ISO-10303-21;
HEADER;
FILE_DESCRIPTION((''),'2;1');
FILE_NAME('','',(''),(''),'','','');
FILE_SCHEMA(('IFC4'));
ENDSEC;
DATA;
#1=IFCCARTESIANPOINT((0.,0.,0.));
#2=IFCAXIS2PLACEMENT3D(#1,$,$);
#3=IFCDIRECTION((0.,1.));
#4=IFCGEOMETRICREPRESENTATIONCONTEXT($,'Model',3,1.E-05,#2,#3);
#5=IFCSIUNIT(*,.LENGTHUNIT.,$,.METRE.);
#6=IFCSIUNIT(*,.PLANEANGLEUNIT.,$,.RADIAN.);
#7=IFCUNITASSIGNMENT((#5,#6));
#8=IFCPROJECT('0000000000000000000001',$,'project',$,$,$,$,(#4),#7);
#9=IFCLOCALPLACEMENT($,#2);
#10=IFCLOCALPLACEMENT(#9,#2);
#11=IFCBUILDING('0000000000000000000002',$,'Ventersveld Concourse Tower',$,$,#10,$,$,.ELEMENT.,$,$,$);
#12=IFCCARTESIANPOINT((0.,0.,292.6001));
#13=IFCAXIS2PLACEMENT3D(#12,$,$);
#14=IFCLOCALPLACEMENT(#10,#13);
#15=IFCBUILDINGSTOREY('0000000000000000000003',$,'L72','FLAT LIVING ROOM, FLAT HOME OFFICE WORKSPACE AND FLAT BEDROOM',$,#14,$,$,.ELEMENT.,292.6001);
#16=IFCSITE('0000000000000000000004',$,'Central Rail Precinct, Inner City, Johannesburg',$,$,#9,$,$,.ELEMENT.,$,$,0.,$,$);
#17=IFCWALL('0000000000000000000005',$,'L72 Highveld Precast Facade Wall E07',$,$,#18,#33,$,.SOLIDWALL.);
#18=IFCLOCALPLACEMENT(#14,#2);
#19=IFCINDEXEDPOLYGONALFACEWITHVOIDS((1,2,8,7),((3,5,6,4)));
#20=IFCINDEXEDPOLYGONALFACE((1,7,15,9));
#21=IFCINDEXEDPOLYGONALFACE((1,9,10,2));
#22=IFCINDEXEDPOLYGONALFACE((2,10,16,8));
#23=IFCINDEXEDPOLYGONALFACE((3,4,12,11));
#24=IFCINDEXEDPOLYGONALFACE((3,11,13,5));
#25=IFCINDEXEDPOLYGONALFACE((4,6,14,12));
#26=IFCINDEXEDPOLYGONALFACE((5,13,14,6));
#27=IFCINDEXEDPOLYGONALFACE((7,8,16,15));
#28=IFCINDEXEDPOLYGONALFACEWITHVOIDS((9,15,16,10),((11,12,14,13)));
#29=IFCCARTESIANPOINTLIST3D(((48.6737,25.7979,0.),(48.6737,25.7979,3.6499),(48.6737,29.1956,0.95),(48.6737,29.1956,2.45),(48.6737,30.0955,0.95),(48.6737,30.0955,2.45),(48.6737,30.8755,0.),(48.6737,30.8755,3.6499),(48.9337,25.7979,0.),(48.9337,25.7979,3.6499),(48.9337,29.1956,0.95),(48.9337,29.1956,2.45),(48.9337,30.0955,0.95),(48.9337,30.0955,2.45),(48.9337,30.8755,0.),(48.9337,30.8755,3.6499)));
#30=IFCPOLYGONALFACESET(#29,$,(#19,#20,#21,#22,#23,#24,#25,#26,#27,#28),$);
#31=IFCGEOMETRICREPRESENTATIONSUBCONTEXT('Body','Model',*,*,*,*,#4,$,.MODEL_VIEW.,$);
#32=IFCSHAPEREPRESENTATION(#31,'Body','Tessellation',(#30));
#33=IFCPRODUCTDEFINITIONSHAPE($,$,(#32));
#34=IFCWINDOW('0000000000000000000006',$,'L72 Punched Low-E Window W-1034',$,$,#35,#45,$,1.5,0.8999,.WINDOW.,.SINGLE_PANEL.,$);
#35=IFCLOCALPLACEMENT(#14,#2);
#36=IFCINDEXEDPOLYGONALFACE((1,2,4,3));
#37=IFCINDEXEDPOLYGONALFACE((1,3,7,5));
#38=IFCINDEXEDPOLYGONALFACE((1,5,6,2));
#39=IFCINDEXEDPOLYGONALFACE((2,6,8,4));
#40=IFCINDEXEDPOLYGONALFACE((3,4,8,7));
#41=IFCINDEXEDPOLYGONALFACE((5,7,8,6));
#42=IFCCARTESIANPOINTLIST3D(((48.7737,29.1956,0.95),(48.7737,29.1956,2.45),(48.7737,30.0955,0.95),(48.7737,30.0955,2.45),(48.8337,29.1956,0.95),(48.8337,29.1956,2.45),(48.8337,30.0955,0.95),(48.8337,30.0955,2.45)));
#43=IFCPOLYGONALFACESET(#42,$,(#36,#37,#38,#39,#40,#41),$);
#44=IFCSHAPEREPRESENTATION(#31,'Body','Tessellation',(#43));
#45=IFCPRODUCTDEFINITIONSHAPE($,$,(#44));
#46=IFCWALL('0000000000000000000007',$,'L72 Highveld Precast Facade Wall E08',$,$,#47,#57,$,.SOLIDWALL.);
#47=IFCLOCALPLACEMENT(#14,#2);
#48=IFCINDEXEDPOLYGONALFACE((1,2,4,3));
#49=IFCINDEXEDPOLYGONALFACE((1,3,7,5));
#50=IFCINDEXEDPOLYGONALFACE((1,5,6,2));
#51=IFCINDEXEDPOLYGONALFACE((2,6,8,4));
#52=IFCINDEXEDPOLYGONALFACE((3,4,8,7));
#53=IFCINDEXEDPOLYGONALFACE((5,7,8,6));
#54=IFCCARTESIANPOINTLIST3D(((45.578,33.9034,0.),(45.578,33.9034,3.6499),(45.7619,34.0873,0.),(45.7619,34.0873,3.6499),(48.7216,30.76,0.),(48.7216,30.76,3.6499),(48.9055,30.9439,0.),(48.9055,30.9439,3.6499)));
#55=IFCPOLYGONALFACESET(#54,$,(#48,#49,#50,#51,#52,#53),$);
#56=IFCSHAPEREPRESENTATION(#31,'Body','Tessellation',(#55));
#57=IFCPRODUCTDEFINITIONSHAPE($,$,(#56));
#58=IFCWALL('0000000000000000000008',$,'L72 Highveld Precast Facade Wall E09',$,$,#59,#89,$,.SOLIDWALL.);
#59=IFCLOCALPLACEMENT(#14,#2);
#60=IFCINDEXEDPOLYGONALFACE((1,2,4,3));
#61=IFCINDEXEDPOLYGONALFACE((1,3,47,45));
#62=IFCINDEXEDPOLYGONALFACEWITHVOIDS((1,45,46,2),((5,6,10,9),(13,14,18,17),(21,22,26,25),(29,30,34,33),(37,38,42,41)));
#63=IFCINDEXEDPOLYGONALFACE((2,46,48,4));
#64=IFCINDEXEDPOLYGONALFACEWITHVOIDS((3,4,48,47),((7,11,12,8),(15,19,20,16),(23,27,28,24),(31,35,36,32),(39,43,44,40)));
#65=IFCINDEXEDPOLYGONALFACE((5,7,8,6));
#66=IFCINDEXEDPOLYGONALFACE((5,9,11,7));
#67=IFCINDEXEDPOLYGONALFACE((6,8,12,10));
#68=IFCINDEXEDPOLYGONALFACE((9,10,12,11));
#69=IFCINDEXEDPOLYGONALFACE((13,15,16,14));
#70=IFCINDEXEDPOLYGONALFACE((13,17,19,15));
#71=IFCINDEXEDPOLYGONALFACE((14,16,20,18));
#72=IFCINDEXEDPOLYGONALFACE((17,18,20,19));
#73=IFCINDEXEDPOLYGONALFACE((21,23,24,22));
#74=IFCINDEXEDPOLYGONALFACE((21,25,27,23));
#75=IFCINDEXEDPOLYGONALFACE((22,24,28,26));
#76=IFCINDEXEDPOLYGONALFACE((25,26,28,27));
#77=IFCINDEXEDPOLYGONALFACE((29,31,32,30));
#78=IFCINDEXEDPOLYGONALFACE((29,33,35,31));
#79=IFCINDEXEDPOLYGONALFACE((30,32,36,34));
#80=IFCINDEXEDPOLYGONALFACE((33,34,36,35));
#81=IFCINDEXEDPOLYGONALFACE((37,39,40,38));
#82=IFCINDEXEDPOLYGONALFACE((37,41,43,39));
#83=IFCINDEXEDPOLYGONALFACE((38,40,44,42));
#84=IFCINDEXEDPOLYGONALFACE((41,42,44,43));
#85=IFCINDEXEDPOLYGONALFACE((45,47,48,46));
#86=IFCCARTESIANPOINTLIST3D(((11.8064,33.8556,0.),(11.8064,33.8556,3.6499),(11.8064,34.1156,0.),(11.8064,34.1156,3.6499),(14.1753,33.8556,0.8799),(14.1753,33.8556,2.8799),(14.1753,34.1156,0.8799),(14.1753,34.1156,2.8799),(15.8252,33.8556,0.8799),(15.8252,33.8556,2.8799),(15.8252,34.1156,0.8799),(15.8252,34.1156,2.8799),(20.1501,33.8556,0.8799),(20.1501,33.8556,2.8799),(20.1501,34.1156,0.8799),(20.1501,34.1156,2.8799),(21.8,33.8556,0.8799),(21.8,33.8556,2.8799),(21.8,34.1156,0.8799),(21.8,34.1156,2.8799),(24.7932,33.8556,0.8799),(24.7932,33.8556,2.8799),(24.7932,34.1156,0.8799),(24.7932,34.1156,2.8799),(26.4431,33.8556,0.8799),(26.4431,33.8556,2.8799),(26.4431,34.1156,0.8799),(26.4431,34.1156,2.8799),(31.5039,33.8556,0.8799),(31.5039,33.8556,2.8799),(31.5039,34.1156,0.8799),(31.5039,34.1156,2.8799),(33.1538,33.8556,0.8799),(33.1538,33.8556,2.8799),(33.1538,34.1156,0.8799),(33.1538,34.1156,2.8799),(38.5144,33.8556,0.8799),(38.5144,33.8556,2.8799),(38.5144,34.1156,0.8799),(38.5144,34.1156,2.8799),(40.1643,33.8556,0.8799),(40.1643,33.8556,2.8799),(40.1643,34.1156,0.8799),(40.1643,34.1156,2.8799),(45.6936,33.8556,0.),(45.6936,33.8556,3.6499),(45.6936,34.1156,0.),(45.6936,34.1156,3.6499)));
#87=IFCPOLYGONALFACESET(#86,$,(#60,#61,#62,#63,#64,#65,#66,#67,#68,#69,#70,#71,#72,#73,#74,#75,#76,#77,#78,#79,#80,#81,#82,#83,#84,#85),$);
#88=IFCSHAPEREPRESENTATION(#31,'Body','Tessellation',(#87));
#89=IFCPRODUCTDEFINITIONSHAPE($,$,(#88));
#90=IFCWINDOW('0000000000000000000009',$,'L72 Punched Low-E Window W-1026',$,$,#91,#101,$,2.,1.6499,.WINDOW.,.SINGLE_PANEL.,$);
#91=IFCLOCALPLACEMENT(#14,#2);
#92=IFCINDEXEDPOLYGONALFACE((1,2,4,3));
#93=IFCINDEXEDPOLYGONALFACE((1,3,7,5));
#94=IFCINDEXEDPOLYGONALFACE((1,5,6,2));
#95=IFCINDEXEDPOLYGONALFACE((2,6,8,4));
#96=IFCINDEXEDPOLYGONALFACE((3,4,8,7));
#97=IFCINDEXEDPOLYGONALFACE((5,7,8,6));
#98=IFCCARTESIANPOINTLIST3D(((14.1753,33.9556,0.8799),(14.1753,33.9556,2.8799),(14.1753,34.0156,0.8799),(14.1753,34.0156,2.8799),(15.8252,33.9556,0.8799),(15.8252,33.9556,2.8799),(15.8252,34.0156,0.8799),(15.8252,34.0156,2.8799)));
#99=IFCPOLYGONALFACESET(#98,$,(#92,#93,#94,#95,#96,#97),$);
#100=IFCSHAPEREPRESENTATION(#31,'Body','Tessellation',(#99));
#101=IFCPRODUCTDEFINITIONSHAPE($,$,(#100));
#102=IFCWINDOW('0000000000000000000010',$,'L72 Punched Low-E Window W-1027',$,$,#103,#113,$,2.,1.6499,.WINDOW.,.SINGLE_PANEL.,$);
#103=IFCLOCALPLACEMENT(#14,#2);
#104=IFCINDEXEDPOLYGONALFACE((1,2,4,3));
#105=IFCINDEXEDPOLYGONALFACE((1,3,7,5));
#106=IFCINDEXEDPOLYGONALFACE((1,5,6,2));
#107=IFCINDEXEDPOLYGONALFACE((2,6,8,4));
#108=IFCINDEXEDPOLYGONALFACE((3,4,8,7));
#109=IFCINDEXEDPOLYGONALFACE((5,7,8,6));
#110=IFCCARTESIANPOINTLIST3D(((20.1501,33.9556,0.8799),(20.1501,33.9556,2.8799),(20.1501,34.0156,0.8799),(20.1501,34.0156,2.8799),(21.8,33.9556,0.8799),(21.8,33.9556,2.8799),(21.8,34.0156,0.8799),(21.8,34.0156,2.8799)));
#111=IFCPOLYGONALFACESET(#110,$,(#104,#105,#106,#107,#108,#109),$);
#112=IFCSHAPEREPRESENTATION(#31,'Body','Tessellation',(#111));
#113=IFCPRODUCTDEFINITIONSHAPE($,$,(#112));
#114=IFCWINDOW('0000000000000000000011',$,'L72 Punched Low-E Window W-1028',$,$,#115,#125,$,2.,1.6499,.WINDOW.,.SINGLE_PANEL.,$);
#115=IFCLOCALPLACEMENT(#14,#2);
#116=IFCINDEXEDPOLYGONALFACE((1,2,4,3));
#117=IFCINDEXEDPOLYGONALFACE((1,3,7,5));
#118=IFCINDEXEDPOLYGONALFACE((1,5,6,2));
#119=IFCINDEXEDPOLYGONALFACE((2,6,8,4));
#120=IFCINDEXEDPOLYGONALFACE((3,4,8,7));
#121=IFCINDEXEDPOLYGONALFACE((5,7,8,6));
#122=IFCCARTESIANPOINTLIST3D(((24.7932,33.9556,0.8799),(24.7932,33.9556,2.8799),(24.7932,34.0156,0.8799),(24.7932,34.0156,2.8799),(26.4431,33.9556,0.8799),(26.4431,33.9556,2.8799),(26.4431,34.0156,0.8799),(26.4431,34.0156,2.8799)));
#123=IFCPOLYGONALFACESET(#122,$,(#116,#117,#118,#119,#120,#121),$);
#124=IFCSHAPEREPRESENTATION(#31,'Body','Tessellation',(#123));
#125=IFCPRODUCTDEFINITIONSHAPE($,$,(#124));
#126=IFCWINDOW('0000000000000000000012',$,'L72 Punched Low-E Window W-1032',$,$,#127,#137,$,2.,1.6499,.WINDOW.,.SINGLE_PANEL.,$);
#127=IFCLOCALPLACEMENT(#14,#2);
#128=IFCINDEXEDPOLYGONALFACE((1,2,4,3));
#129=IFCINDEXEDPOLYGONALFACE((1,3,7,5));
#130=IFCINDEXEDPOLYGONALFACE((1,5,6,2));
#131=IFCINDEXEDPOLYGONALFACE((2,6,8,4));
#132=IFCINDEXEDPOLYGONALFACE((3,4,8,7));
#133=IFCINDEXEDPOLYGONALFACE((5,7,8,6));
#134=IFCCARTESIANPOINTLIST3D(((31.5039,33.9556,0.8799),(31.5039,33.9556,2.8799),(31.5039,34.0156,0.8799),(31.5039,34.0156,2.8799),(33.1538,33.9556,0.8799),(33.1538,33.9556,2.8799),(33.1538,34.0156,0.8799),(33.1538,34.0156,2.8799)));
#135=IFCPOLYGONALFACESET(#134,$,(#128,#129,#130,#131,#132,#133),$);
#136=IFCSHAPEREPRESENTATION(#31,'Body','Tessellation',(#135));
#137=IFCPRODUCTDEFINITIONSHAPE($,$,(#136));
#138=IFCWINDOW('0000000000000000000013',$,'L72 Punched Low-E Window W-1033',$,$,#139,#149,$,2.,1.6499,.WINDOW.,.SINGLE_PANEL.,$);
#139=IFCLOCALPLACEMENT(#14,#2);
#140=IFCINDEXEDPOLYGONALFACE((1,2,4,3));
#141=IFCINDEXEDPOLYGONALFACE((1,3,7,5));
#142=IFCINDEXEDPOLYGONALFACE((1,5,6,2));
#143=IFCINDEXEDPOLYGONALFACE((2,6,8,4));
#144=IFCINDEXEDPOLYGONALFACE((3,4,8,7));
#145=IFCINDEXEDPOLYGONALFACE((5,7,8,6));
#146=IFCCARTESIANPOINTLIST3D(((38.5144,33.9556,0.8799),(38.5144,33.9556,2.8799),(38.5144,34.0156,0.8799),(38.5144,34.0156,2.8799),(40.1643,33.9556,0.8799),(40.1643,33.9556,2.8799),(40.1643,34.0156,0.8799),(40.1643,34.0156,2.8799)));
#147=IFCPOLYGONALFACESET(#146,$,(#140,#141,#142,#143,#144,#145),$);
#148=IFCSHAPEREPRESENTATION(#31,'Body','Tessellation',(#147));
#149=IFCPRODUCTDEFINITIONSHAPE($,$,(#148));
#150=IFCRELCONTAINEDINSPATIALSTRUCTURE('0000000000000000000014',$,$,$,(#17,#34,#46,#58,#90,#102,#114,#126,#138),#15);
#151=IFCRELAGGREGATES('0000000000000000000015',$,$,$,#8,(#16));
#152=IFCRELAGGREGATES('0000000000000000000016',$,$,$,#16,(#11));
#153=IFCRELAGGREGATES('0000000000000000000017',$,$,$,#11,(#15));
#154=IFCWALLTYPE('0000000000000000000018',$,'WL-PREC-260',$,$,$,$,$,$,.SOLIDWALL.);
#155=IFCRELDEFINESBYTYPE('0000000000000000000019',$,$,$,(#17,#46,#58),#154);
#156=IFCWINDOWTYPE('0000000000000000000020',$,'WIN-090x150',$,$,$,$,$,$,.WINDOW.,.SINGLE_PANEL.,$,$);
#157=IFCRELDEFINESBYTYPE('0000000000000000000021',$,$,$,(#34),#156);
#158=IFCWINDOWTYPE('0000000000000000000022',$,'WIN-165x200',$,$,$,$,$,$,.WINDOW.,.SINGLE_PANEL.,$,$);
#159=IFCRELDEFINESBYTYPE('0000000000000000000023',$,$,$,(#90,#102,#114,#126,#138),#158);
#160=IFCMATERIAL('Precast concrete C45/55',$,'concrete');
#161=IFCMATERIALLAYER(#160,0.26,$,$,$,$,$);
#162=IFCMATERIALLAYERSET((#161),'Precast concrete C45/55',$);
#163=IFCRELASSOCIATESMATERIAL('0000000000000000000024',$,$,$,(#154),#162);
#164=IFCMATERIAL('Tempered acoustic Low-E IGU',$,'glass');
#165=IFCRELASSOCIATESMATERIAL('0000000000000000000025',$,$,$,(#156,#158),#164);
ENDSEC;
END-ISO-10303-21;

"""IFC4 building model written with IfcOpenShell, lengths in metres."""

from ifc_helpers import new_model, si_unit, direction, frame, frame_2d, origin, place, context, subcontext, project, spatial, rectangle, extrude, material, layer, layer_set, type_object, element, fill, save


model = new_model("IFC4")

# Units and contexts
model_context = context("Model", 3, precision=1e-05, world=origin(), true_north=direction((0.0, 1.0)))
body_context = subcontext(model_context, "Body", "Model", "MODEL_VIEW")
ifc_project = project(units=[si_unit("LENGTHUNIT", "METRE"), si_unit("PLANEANGLEUNIT", "RADIAN")], contexts=[model_context])

# Site, building, storey
site_placement = place(None, origin())
site = spatial("IfcSite", under=ifc_project, at=site_placement, Name="Central Rail Precinct, Inner City, Johannesburg", CompositionType="ELEMENT", RefElevation=0.0)
building_placement = place(site_placement, origin())
building = spatial("IfcBuilding", under=site, at=building_placement, Name="Ventersveld Concourse Tower", CompositionType="ELEMENT")
storey_placement = place(building_placement, frame((0.0, 0.0, 292.6001)))
storey = spatial("IfcBuildingStorey", under=building, at=storey_placement, Name="L72", Description="FLAT LIVING ROOM, FLAT HOME OFFICE WORKSPACE AND FLAT BEDROOM", CompositionType="ELEMENT", Elevation=292.6001)

# Shared definitions
ifc_material_1 = material(Name="Precast concrete C45/55", Category="concrete")
ifc_layer_1 = layer(ifc_material_1, 0.26)
ifc_layer_set_1 = layer_set([ifc_layer_1], Name="Precast concrete C45/55")
wall_type_1 = type_object("IfcWallType", Name="WL-PREC-260", PredefinedType="SOLIDWALL", material=ifc_layer_set_1)

# Wall, opening, window
wall_1_placement = place(storey_placement, frame((48.8037, 25.7979, 0.0), z_axis=(0.0, 0.0, 1.0), x_axis=(0.0, 1.0, 0.0)))
wall_1 = element("IfcWall", 1, at=wall_1_placement, inside=storey, type_object=wall_type_1, Name="L72 Highveld Precast Facade Wall E07", PredefinedType="SOLIDWALL", context=body_context, shape_type="SweptSolid", body=[
    extrude(rectangle(XDim=5.0776, YDim=0.26, at=frame_2d((2.5388, 0.0))), origin(), (0.0, 0.0, 1.0), 3.6499),
])
opening_1_placement = place(wall_1_placement, frame((3.3977, 0.0, 0.95)))
opening_1 = element("IfcOpeningElement", 2, at=opening_1_placement, cuts=wall_1, PredefinedType="OPENING", context=body_context, shape_type="SweptSolid", body=[
    extrude(rectangle(XDim=0.8999, YDim=1.5, at=frame_2d((0.45, 0.75))), frame((0.0, 0.1401, 0.0), z_axis=(0.0, -1.0, 0.0), x_axis=(1.0, 0.0, 0.0)), (0.0, 0.0, 1.0), 0.28),
])
ifc_material_2 = material(Name="Tempered acoustic Low-E IGU", Category="glass")
window_type_1 = type_object("IfcWindowType", Name="WIN-090x150", PartitioningType="SINGLE_PANEL", PredefinedType="WINDOW", material=ifc_material_2)
window_1_placement = place(opening_1_placement, origin())
window_1 = element("IfcWindow", 3, at=window_1_placement, inside=storey, type_object=window_type_1, Name="L72 Punched Low-E Window W-1034", OverallHeight=1.5, OverallWidth=0.8999, PartitioningType="SINGLE_PANEL", PredefinedType="WINDOW", context=body_context, shape_type="SweptSolid", body=[
    extrude(rectangle(XDim=0.8999, YDim=1.5, at=frame_2d((0.45, 0.75))), frame((0.0, 0.03, 0.0), z_axis=(0.0, -1.0, 0.0), x_axis=(1.0, 0.0, 0.0)), (0.0, 0.0, 1.0), 0.0601),
])
fill(opening_1, window_1)

# Wall
wall_2_placement = place(storey_placement, frame((48.8135, 30.8521, 0.0), z_axis=(0.0, 0.0, 1.0), x_axis=(-0.707134, 0.707079, 0.0)))
element("IfcWall", 4, at=wall_2_placement, inside=storey, type_object=wall_type_1, Name="L72 Highveld Precast Facade Wall E08", PredefinedType="SOLIDWALL", context=body_context, shape_type="SweptSolid", body=[
    extrude(rectangle(XDim=4.4456, YDim=0.26, at=frame_2d((2.2227, 0.0))), origin(), (0.0, 0.0, 1.0), 3.6499),
])

# Wall, openings, windows
wall_3_placement = place(storey_placement, frame((45.6936, 33.9856, 0.0), z_axis=(0.0, 0.0, 1.0), x_axis=(-1.0, 0.0, 0.0)))
wall_3 = element("IfcWall", 5, at=wall_3_placement, inside=storey, type_object=wall_type_1, Name="L72 Highveld Precast Facade Wall E09", PredefinedType="SOLIDWALL", context=body_context, shape_type="SweptSolid", body=[
    extrude(rectangle(XDim=33.8872, YDim=0.26, at=frame_2d((16.9436, 0.0))), origin(), (0.0, 0.0, 1.0), 3.6499),
])
opening_2_placement = place(wall_3_placement, frame((29.8684, 0.0, 0.8799)))
opening_2 = element("IfcOpeningElement", 6, at=opening_2_placement, cuts=wall_3, PredefinedType="OPENING", context=body_context, shape_type="SweptSolid", body=[
    extrude(rectangle(XDim=1.6499, YDim=2.0, at=frame_2d((0.825, 1.0))), frame((0.0, 0.1401, 0.0), z_axis=(0.0, -1.0, 0.0), x_axis=(1.0, 0.0, 0.0)), (0.0, 0.0, 1.0), 0.28),
])
opening_3_placement = place(wall_3_placement, frame((23.8936, 0.0, 0.8799)))
opening_3 = element("IfcOpeningElement", 7, at=opening_3_placement, cuts=wall_3, PredefinedType="OPENING", context=body_context, shape_type="SweptSolid", body=[
    extrude(rectangle(XDim=1.6499, YDim=2.0, at=frame_2d((0.825, 1.0))), frame((0.0, 0.1401, 0.0), z_axis=(0.0, -1.0, 0.0), x_axis=(1.0, 0.0, 0.0)), (0.0, 0.0, 1.0), 0.28),
])
opening_4_placement = place(wall_3_placement, frame((19.2505, 0.0, 0.8799)))
opening_4 = element("IfcOpeningElement", 8, at=opening_4_placement, cuts=wall_3, PredefinedType="OPENING", context=body_context, shape_type="SweptSolid", body=[
    extrude(rectangle(XDim=1.6499, YDim=2.0, at=frame_2d((0.825, 1.0))), frame((0.0, 0.1401, 0.0), z_axis=(0.0, -1.0, 0.0), x_axis=(1.0, 0.0, 0.0)), (0.0, 0.0, 1.0), 0.28),
])
opening_5_placement = place(wall_3_placement, frame((12.5398, 0.0, 0.8799)))
opening_5 = element("IfcOpeningElement", 9, at=opening_5_placement, cuts=wall_3, PredefinedType="OPENING", context=body_context, shape_type="SweptSolid", body=[
    extrude(rectangle(XDim=1.6499, YDim=2.0, at=frame_2d((0.825, 1.0))), frame((0.0, 0.1401, 0.0), z_axis=(0.0, -1.0, 0.0), x_axis=(1.0, 0.0, 0.0)), (0.0, 0.0, 1.0), 0.28),
])
opening_6_placement = place(wall_3_placement, frame((5.5293, 0.0, 0.8799)))
opening_6 = element("IfcOpeningElement", 10, at=opening_6_placement, cuts=wall_3, PredefinedType="OPENING", context=body_context, shape_type="SweptSolid", body=[
    extrude(rectangle(XDim=1.6499, YDim=2.0, at=frame_2d((0.825, 1.0))), frame((0.0, 0.1401, 0.0), z_axis=(0.0, -1.0, 0.0), x_axis=(1.0, 0.0, 0.0)), (0.0, 0.0, 1.0), 0.28),
])
window_type_2 = type_object("IfcWindowType", Name="WIN-165x200", PartitioningType="SINGLE_PANEL", PredefinedType="WINDOW", material=ifc_material_2)
window_2_placement = place(opening_2_placement, origin())
window_2 = element("IfcWindow", 11, at=window_2_placement, inside=storey, type_object=window_type_2, Name="L72 Punched Low-E Window W-1026", OverallHeight=2.0, OverallWidth=1.6499, PartitioningType="SINGLE_PANEL", PredefinedType="WINDOW", context=body_context, shape_type="SweptSolid", body=[
    extrude(rectangle(XDim=1.6499, YDim=2.0, at=frame_2d((0.825, 1.0))), frame((0.0, 0.03, 0.0), z_axis=(0.0, -1.0, 0.0), x_axis=(1.0, 0.0, 0.0)), (0.0, 0.0, 1.0), 0.0601),
])
fill(opening_2, window_2)
window_3_placement = place(opening_3_placement, origin())
window_3 = element("IfcWindow", 12, at=window_3_placement, inside=storey, type_object=window_type_2, Name="L72 Punched Low-E Window W-1027", OverallHeight=2.0, OverallWidth=1.6499, PartitioningType="SINGLE_PANEL", PredefinedType="WINDOW", context=body_context, shape_type="SweptSolid", body=[
    extrude(rectangle(XDim=1.6499, YDim=2.0, at=frame_2d((0.825, 1.0))), frame((0.0, 0.03, 0.0), z_axis=(0.0, -1.0, 0.0), x_axis=(1.0, 0.0, 0.0)), (0.0, 0.0, 1.0), 0.0601),
])
fill(opening_3, window_3)
window_4_placement = place(opening_4_placement, origin())
window_4 = element("IfcWindow", 13, at=window_4_placement, inside=storey, type_object=window_type_2, Name="L72 Punched Low-E Window W-1028", OverallHeight=2.0, OverallWidth=1.6499, PartitioningType="SINGLE_PANEL", PredefinedType="WINDOW", context=body_context, shape_type="SweptSolid", body=[
    extrude(rectangle(XDim=1.6499, YDim=2.0, at=frame_2d((0.825, 1.0))), frame((0.0, 0.03, 0.0), z_axis=(0.0, -1.0, 0.0), x_axis=(1.0, 0.0, 0.0)), (0.0, 0.0, 1.0), 0.0601),
])
fill(opening_4, window_4)
window_5_placement = place(opening_5_placement, origin())
window_5 = element("IfcWindow", 14, at=window_5_placement, inside=storey, type_object=window_type_2, Name="L72 Punched Low-E Window W-1032", OverallHeight=2.0, OverallWidth=1.6499, PartitioningType="SINGLE_PANEL", PredefinedType="WINDOW", context=body_context, shape_type="SweptSolid", body=[
    extrude(rectangle(XDim=1.6499, YDim=2.0, at=frame_2d((0.825, 1.0))), frame((0.0, 0.03, 0.0), z_axis=(0.0, -1.0, 0.0), x_axis=(1.0, 0.0, 0.0)), (0.0, 0.0, 1.0), 0.0601),
])
fill(opening_5, window_5)
window_6_placement = place(opening_6_placement, origin())
window_6 = element("IfcWindow", 15, at=window_6_placement, inside=storey, type_object=window_type_2, Name="L72 Punched Low-E Window W-1033", OverallHeight=2.0, OverallWidth=1.6499, PartitioningType="SINGLE_PANEL", PredefinedType="WINDOW", context=body_context, shape_type="SweptSolid", body=[
    extrude(rectangle(XDim=1.6499, YDim=2.0, at=frame_2d((0.825, 1.0))), frame((0.0, 0.03, 0.0), z_axis=(0.0, -1.0, 0.0), x_axis=(1.0, 0.0, 0.0)), (0.0, 0.0, 1.0), 0.0601),
])
fill(opening_6, window_6)

save(model, "model.ifc")
